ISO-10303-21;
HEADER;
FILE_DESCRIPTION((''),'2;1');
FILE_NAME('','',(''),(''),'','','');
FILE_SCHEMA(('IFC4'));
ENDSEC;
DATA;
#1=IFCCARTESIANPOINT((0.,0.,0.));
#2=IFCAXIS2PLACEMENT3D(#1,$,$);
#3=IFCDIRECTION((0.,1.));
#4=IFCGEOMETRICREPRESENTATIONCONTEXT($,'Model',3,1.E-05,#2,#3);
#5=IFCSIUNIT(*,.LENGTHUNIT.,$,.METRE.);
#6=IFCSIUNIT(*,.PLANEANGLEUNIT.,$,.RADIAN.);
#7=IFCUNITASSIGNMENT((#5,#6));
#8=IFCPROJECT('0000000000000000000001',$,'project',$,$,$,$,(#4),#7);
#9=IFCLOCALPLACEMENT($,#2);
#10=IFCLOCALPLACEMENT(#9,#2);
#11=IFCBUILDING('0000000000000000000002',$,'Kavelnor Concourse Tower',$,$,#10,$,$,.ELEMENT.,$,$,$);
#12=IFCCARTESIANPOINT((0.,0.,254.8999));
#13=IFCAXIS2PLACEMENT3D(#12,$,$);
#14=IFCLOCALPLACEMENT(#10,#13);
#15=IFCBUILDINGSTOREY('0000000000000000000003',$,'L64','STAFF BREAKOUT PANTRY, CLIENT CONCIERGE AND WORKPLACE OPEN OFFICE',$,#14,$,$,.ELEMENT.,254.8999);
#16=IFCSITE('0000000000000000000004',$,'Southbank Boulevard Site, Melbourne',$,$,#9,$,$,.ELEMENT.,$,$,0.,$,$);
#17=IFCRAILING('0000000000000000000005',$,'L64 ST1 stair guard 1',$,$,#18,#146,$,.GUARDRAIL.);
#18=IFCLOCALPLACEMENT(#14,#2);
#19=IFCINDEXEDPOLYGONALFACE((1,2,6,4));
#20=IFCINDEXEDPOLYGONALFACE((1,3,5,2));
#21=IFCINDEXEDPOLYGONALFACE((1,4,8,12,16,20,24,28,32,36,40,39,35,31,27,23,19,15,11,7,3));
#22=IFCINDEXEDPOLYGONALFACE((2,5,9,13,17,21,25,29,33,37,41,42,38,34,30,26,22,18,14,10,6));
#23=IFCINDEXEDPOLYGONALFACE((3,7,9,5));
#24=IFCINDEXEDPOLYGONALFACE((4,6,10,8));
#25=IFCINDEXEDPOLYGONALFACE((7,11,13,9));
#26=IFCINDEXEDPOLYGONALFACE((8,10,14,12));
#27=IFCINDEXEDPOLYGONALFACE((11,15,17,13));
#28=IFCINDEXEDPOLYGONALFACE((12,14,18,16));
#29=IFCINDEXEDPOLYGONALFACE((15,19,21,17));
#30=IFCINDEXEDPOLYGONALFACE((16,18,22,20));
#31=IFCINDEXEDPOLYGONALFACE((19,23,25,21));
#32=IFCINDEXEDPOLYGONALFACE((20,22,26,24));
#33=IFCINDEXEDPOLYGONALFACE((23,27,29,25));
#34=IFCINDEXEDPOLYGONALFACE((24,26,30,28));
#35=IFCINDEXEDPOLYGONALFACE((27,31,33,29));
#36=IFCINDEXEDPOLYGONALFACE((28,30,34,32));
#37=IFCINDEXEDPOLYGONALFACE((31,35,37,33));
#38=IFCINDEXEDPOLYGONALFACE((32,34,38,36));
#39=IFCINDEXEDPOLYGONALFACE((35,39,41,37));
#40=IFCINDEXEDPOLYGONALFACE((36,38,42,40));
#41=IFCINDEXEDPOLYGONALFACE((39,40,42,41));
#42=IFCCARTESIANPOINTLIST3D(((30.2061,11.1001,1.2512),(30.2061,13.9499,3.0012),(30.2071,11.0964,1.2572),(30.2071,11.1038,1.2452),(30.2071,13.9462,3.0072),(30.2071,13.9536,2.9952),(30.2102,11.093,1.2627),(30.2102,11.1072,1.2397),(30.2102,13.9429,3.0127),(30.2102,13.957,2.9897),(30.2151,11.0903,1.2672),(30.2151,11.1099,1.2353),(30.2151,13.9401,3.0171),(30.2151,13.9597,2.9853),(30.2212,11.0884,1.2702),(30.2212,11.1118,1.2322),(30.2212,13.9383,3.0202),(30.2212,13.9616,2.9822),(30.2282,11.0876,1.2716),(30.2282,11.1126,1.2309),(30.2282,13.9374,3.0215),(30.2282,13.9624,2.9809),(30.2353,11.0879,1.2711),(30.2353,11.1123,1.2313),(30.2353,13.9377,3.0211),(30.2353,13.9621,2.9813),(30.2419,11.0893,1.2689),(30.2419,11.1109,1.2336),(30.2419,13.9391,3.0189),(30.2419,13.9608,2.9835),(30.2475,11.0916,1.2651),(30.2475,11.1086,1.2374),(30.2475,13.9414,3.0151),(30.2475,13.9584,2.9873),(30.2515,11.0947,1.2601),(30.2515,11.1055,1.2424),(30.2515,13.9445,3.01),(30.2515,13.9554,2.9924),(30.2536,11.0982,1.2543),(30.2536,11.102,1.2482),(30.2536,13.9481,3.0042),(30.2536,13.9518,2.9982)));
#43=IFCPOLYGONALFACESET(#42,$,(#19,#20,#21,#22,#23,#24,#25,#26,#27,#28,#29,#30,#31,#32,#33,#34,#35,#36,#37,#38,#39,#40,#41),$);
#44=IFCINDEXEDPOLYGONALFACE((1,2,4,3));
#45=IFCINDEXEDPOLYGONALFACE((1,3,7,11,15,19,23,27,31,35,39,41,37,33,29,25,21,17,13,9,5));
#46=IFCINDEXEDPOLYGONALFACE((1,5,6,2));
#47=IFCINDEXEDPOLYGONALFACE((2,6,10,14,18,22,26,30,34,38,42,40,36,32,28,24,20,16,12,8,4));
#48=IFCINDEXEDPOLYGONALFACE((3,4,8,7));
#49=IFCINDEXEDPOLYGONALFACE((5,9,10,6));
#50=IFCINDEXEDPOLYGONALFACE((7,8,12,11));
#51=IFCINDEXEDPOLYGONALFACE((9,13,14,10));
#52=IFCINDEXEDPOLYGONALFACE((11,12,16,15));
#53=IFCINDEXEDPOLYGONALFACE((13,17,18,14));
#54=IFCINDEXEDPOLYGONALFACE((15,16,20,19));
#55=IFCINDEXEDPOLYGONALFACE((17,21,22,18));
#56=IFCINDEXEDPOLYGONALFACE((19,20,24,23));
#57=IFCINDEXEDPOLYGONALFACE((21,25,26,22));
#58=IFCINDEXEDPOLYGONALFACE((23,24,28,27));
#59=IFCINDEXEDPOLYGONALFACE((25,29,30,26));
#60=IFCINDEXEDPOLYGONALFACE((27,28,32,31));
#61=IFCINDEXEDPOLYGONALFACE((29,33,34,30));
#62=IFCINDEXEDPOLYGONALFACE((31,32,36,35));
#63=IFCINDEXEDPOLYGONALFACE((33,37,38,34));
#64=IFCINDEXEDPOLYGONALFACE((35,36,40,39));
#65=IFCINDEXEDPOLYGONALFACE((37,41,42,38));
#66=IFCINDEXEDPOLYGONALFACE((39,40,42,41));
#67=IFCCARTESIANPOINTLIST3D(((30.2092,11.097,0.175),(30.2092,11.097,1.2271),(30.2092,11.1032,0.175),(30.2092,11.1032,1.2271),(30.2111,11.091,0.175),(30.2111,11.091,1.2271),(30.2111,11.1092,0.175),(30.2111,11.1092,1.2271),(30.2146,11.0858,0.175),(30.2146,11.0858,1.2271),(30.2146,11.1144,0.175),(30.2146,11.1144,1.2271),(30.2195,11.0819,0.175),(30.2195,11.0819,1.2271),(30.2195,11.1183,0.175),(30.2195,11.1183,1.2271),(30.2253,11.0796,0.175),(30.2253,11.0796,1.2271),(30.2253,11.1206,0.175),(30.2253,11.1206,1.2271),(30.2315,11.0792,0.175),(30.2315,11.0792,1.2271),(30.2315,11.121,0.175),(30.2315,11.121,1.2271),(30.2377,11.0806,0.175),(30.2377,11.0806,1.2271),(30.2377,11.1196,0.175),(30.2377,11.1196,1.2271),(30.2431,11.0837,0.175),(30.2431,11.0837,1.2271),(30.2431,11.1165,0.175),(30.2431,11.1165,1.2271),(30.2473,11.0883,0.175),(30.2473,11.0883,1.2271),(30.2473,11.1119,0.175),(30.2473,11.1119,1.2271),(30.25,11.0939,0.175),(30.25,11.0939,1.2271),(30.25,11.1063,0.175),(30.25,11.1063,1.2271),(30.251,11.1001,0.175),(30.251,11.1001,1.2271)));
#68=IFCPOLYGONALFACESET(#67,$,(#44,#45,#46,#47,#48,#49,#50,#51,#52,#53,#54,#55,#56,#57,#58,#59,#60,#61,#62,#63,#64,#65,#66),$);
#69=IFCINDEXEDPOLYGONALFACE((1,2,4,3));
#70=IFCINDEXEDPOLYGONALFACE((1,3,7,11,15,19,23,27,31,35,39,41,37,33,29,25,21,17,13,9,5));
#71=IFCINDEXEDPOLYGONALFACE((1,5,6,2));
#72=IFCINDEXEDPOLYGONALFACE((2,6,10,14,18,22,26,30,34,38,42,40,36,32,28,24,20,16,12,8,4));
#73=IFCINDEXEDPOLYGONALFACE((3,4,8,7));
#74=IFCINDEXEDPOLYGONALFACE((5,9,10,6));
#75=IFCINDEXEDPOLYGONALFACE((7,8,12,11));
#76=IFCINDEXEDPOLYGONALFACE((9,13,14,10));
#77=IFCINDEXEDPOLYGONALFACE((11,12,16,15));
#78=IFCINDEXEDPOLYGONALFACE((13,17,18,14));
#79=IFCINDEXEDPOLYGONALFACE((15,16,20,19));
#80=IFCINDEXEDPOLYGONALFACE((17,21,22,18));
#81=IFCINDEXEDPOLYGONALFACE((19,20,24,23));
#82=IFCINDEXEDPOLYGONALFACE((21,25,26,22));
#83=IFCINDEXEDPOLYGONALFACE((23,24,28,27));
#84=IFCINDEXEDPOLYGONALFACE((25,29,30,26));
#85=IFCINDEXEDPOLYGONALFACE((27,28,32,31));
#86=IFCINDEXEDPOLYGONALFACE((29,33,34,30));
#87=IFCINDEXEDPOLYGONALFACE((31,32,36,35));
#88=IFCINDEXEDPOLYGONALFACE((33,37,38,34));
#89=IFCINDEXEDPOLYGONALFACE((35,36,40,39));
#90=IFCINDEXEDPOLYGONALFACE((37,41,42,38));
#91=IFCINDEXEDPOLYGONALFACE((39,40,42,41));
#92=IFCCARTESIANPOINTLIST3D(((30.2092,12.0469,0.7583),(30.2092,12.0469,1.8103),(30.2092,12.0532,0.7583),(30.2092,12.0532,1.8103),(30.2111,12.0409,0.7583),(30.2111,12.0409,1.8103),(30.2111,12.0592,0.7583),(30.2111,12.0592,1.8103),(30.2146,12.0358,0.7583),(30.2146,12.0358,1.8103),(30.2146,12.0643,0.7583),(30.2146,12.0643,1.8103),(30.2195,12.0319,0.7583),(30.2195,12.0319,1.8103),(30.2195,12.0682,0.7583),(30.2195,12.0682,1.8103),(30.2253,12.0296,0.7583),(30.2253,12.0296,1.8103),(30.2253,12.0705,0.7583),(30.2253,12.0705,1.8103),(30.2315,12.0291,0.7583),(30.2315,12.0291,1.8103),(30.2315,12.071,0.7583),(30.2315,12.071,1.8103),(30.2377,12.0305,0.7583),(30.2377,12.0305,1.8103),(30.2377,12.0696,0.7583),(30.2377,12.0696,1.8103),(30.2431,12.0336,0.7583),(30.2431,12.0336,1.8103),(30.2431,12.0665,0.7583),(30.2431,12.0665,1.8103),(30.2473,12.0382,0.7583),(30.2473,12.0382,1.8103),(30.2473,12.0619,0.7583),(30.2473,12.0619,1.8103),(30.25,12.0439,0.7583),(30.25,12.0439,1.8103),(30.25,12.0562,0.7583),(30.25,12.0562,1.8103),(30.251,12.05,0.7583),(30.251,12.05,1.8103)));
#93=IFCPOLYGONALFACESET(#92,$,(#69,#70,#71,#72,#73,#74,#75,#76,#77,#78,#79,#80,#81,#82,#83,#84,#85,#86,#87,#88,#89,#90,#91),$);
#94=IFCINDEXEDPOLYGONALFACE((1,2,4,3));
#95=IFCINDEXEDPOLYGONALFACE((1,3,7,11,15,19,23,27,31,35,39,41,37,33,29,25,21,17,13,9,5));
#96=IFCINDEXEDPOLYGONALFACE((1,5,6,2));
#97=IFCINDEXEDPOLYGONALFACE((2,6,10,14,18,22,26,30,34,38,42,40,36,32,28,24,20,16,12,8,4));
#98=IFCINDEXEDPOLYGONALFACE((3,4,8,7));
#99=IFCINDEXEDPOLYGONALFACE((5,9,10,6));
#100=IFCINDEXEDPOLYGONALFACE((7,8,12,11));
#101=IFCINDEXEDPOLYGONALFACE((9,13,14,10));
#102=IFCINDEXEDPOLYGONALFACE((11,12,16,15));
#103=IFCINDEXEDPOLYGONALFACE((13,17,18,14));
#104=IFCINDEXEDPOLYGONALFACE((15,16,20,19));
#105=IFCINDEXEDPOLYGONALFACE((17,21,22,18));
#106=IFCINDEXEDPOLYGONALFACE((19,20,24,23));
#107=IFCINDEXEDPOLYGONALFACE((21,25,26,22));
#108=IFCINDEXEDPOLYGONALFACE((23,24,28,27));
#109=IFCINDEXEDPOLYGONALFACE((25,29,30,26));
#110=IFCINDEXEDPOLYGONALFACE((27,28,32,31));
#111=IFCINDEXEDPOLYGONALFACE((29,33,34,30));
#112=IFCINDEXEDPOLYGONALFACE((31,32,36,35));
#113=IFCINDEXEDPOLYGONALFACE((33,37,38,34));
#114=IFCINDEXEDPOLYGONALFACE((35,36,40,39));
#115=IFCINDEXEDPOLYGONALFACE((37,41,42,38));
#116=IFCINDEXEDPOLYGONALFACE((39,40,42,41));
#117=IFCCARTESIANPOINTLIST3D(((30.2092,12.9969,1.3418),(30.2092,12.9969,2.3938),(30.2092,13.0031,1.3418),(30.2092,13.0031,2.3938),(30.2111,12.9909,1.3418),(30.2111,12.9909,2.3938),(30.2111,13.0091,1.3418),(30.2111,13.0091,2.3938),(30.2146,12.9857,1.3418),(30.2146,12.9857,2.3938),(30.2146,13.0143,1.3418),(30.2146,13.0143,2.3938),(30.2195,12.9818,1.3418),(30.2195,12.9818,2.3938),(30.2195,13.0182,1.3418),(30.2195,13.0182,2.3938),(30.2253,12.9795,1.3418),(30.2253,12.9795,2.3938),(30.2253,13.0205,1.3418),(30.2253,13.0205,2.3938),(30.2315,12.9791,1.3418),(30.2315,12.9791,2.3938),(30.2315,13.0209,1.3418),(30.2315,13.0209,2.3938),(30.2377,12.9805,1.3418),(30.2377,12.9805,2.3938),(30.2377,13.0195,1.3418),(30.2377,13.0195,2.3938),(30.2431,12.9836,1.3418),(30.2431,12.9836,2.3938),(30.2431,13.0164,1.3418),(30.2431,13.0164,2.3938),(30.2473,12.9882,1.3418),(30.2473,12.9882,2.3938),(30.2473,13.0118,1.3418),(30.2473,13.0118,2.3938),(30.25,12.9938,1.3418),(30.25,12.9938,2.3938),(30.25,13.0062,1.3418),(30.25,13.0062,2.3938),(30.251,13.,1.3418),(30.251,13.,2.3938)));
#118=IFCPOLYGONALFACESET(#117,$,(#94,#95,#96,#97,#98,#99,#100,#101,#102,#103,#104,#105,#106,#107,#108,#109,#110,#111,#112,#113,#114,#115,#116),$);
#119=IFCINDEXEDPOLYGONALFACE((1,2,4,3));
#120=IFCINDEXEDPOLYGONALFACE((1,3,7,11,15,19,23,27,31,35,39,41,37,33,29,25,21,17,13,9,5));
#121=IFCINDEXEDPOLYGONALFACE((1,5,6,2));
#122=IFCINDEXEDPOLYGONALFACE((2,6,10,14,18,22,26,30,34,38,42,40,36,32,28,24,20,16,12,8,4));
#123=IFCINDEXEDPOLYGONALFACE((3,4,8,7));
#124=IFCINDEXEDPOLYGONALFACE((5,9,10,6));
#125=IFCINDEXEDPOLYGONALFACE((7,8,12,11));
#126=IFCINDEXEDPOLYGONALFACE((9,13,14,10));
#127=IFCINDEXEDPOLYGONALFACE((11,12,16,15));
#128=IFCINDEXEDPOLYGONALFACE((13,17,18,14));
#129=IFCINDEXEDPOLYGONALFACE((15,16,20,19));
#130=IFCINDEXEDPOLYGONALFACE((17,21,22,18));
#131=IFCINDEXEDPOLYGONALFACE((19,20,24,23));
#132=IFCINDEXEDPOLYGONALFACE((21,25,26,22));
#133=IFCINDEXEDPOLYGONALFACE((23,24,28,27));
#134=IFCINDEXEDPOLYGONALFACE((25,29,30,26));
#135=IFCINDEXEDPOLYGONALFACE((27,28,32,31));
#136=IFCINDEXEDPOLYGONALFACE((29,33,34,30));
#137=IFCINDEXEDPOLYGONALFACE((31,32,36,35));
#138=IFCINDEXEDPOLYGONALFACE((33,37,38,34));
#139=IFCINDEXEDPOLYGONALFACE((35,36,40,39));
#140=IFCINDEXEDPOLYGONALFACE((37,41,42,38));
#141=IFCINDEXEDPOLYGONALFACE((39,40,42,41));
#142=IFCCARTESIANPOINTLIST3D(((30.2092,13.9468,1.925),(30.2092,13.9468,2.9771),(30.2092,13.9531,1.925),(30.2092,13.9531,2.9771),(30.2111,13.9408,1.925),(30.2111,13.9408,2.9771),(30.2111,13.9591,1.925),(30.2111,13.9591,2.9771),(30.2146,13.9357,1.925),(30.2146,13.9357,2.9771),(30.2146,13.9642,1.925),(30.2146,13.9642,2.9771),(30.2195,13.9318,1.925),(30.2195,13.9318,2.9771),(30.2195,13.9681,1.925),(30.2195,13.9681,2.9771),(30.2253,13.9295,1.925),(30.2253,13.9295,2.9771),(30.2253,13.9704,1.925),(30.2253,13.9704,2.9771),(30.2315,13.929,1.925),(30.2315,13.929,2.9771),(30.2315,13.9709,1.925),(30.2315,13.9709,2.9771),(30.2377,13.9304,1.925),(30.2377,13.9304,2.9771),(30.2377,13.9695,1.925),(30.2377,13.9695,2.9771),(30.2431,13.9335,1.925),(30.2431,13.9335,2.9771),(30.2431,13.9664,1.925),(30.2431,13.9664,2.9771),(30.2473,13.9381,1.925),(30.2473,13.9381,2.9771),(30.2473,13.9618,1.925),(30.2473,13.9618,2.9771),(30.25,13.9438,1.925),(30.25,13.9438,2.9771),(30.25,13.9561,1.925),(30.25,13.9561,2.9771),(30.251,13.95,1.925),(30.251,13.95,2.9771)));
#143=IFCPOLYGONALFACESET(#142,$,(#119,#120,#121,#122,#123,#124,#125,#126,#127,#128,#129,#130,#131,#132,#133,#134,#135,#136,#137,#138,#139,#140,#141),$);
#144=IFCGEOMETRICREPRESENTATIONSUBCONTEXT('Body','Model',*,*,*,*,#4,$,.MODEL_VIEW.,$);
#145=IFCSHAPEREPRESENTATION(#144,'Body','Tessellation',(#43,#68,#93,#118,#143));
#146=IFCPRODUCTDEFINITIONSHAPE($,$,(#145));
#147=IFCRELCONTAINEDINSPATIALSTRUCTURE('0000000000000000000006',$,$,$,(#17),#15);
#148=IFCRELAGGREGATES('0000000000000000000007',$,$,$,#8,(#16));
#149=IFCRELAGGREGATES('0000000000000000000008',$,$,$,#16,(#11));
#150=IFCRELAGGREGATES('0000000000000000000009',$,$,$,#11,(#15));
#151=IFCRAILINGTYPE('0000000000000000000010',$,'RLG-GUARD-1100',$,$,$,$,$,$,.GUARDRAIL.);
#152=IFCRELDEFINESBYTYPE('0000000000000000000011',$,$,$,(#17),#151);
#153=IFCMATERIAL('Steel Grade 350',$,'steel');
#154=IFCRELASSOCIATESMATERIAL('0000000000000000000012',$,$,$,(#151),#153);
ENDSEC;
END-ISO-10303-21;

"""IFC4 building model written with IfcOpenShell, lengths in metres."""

from ifc_helpers import new_model, si_unit, direction, frame, origin, origin_2d, place, context, subcontext, project, spatial, circle, extrude, material, type_object, element, save


model = new_model("IFC4")

# Units and contexts
model_context = context("Model", 3, precision=1e-05, world=origin(), true_north=direction((0.0, 1.0)))
body_context = subcontext(model_context, "Body", "Model", "MODEL_VIEW")
ifc_project = project(units=[si_unit("LENGTHUNIT", "METRE"), si_unit("PLANEANGLEUNIT", "RADIAN")], contexts=[model_context])

# Site, building, storey
site_placement = place(None, origin())
site = spatial("IfcSite", under=ifc_project, at=site_placement, Name="Southbank Boulevard Site, Melbourne", CompositionType="ELEMENT", RefElevation=0.0)
building_placement = place(site_placement, origin())
building = spatial("IfcBuilding", under=site, at=building_placement, Name="Kavelnor Concourse Tower", CompositionType="ELEMENT")
storey_placement = place(building_placement, frame((0.0, 0.0, 254.8999)))
storey = spatial("IfcBuildingStorey", under=building, at=storey_placement, Name="L64", Description="STAFF BREAKOUT PANTRY, CLIENT CONCIERGE AND WORKPLACE OPEN OFFICE", CompositionType="ELEMENT", Elevation=254.8999)

# Shared definitions
ifc_material_1 = material(Name="Steel Grade 350", Category="steel")

# Railing
railing_type_1 = type_object("IfcRailingType", Name="RLG-GUARD-1100", PredefinedType="GUARDRAIL", material=ifc_material_1)
railing_1_placement = place(storey_placement, frame((30.23, 11.1001, 0.175)))
element("IfcRailing", 1, at=railing_1_placement, inside=storey, type_object=railing_type_1, Name="L64 ST1 stair guard 1", PredefinedType="GUARDRAIL", context=body_context, shape_type="SweptSolid", body=[
    extrude(circle(Radius=0.0239, at=origin_2d()), frame((0.0, 0.0, 1.0762), z_axis=(0.0, 0.852159, 0.523283), x_axis=(-1.0, 0.0, 0.0)), (0.0, 0.0, 1.0), 3.3442),
    extrude(circle(Radius=0.021, at=origin_2d()), origin(), (0.0, 0.0, 1.0), 1.052),
    extrude(circle(Radius=0.021, at=origin_2d()), frame((0.0, 0.95, 0.5833)), (0.0, 0.0, 1.0), 1.052),
    extrude(circle(Radius=0.021, at=origin_2d()), frame((0.0, 1.8999, 1.1667)), (0.0, 0.0, 1.0), 1.052),
    extrude(circle(Radius=0.021, at=origin_2d()), frame((0.0, 2.8499, 1.75)), (0.0, 0.0, 1.0), 1.052),
])

save(model, "model.ifc")
